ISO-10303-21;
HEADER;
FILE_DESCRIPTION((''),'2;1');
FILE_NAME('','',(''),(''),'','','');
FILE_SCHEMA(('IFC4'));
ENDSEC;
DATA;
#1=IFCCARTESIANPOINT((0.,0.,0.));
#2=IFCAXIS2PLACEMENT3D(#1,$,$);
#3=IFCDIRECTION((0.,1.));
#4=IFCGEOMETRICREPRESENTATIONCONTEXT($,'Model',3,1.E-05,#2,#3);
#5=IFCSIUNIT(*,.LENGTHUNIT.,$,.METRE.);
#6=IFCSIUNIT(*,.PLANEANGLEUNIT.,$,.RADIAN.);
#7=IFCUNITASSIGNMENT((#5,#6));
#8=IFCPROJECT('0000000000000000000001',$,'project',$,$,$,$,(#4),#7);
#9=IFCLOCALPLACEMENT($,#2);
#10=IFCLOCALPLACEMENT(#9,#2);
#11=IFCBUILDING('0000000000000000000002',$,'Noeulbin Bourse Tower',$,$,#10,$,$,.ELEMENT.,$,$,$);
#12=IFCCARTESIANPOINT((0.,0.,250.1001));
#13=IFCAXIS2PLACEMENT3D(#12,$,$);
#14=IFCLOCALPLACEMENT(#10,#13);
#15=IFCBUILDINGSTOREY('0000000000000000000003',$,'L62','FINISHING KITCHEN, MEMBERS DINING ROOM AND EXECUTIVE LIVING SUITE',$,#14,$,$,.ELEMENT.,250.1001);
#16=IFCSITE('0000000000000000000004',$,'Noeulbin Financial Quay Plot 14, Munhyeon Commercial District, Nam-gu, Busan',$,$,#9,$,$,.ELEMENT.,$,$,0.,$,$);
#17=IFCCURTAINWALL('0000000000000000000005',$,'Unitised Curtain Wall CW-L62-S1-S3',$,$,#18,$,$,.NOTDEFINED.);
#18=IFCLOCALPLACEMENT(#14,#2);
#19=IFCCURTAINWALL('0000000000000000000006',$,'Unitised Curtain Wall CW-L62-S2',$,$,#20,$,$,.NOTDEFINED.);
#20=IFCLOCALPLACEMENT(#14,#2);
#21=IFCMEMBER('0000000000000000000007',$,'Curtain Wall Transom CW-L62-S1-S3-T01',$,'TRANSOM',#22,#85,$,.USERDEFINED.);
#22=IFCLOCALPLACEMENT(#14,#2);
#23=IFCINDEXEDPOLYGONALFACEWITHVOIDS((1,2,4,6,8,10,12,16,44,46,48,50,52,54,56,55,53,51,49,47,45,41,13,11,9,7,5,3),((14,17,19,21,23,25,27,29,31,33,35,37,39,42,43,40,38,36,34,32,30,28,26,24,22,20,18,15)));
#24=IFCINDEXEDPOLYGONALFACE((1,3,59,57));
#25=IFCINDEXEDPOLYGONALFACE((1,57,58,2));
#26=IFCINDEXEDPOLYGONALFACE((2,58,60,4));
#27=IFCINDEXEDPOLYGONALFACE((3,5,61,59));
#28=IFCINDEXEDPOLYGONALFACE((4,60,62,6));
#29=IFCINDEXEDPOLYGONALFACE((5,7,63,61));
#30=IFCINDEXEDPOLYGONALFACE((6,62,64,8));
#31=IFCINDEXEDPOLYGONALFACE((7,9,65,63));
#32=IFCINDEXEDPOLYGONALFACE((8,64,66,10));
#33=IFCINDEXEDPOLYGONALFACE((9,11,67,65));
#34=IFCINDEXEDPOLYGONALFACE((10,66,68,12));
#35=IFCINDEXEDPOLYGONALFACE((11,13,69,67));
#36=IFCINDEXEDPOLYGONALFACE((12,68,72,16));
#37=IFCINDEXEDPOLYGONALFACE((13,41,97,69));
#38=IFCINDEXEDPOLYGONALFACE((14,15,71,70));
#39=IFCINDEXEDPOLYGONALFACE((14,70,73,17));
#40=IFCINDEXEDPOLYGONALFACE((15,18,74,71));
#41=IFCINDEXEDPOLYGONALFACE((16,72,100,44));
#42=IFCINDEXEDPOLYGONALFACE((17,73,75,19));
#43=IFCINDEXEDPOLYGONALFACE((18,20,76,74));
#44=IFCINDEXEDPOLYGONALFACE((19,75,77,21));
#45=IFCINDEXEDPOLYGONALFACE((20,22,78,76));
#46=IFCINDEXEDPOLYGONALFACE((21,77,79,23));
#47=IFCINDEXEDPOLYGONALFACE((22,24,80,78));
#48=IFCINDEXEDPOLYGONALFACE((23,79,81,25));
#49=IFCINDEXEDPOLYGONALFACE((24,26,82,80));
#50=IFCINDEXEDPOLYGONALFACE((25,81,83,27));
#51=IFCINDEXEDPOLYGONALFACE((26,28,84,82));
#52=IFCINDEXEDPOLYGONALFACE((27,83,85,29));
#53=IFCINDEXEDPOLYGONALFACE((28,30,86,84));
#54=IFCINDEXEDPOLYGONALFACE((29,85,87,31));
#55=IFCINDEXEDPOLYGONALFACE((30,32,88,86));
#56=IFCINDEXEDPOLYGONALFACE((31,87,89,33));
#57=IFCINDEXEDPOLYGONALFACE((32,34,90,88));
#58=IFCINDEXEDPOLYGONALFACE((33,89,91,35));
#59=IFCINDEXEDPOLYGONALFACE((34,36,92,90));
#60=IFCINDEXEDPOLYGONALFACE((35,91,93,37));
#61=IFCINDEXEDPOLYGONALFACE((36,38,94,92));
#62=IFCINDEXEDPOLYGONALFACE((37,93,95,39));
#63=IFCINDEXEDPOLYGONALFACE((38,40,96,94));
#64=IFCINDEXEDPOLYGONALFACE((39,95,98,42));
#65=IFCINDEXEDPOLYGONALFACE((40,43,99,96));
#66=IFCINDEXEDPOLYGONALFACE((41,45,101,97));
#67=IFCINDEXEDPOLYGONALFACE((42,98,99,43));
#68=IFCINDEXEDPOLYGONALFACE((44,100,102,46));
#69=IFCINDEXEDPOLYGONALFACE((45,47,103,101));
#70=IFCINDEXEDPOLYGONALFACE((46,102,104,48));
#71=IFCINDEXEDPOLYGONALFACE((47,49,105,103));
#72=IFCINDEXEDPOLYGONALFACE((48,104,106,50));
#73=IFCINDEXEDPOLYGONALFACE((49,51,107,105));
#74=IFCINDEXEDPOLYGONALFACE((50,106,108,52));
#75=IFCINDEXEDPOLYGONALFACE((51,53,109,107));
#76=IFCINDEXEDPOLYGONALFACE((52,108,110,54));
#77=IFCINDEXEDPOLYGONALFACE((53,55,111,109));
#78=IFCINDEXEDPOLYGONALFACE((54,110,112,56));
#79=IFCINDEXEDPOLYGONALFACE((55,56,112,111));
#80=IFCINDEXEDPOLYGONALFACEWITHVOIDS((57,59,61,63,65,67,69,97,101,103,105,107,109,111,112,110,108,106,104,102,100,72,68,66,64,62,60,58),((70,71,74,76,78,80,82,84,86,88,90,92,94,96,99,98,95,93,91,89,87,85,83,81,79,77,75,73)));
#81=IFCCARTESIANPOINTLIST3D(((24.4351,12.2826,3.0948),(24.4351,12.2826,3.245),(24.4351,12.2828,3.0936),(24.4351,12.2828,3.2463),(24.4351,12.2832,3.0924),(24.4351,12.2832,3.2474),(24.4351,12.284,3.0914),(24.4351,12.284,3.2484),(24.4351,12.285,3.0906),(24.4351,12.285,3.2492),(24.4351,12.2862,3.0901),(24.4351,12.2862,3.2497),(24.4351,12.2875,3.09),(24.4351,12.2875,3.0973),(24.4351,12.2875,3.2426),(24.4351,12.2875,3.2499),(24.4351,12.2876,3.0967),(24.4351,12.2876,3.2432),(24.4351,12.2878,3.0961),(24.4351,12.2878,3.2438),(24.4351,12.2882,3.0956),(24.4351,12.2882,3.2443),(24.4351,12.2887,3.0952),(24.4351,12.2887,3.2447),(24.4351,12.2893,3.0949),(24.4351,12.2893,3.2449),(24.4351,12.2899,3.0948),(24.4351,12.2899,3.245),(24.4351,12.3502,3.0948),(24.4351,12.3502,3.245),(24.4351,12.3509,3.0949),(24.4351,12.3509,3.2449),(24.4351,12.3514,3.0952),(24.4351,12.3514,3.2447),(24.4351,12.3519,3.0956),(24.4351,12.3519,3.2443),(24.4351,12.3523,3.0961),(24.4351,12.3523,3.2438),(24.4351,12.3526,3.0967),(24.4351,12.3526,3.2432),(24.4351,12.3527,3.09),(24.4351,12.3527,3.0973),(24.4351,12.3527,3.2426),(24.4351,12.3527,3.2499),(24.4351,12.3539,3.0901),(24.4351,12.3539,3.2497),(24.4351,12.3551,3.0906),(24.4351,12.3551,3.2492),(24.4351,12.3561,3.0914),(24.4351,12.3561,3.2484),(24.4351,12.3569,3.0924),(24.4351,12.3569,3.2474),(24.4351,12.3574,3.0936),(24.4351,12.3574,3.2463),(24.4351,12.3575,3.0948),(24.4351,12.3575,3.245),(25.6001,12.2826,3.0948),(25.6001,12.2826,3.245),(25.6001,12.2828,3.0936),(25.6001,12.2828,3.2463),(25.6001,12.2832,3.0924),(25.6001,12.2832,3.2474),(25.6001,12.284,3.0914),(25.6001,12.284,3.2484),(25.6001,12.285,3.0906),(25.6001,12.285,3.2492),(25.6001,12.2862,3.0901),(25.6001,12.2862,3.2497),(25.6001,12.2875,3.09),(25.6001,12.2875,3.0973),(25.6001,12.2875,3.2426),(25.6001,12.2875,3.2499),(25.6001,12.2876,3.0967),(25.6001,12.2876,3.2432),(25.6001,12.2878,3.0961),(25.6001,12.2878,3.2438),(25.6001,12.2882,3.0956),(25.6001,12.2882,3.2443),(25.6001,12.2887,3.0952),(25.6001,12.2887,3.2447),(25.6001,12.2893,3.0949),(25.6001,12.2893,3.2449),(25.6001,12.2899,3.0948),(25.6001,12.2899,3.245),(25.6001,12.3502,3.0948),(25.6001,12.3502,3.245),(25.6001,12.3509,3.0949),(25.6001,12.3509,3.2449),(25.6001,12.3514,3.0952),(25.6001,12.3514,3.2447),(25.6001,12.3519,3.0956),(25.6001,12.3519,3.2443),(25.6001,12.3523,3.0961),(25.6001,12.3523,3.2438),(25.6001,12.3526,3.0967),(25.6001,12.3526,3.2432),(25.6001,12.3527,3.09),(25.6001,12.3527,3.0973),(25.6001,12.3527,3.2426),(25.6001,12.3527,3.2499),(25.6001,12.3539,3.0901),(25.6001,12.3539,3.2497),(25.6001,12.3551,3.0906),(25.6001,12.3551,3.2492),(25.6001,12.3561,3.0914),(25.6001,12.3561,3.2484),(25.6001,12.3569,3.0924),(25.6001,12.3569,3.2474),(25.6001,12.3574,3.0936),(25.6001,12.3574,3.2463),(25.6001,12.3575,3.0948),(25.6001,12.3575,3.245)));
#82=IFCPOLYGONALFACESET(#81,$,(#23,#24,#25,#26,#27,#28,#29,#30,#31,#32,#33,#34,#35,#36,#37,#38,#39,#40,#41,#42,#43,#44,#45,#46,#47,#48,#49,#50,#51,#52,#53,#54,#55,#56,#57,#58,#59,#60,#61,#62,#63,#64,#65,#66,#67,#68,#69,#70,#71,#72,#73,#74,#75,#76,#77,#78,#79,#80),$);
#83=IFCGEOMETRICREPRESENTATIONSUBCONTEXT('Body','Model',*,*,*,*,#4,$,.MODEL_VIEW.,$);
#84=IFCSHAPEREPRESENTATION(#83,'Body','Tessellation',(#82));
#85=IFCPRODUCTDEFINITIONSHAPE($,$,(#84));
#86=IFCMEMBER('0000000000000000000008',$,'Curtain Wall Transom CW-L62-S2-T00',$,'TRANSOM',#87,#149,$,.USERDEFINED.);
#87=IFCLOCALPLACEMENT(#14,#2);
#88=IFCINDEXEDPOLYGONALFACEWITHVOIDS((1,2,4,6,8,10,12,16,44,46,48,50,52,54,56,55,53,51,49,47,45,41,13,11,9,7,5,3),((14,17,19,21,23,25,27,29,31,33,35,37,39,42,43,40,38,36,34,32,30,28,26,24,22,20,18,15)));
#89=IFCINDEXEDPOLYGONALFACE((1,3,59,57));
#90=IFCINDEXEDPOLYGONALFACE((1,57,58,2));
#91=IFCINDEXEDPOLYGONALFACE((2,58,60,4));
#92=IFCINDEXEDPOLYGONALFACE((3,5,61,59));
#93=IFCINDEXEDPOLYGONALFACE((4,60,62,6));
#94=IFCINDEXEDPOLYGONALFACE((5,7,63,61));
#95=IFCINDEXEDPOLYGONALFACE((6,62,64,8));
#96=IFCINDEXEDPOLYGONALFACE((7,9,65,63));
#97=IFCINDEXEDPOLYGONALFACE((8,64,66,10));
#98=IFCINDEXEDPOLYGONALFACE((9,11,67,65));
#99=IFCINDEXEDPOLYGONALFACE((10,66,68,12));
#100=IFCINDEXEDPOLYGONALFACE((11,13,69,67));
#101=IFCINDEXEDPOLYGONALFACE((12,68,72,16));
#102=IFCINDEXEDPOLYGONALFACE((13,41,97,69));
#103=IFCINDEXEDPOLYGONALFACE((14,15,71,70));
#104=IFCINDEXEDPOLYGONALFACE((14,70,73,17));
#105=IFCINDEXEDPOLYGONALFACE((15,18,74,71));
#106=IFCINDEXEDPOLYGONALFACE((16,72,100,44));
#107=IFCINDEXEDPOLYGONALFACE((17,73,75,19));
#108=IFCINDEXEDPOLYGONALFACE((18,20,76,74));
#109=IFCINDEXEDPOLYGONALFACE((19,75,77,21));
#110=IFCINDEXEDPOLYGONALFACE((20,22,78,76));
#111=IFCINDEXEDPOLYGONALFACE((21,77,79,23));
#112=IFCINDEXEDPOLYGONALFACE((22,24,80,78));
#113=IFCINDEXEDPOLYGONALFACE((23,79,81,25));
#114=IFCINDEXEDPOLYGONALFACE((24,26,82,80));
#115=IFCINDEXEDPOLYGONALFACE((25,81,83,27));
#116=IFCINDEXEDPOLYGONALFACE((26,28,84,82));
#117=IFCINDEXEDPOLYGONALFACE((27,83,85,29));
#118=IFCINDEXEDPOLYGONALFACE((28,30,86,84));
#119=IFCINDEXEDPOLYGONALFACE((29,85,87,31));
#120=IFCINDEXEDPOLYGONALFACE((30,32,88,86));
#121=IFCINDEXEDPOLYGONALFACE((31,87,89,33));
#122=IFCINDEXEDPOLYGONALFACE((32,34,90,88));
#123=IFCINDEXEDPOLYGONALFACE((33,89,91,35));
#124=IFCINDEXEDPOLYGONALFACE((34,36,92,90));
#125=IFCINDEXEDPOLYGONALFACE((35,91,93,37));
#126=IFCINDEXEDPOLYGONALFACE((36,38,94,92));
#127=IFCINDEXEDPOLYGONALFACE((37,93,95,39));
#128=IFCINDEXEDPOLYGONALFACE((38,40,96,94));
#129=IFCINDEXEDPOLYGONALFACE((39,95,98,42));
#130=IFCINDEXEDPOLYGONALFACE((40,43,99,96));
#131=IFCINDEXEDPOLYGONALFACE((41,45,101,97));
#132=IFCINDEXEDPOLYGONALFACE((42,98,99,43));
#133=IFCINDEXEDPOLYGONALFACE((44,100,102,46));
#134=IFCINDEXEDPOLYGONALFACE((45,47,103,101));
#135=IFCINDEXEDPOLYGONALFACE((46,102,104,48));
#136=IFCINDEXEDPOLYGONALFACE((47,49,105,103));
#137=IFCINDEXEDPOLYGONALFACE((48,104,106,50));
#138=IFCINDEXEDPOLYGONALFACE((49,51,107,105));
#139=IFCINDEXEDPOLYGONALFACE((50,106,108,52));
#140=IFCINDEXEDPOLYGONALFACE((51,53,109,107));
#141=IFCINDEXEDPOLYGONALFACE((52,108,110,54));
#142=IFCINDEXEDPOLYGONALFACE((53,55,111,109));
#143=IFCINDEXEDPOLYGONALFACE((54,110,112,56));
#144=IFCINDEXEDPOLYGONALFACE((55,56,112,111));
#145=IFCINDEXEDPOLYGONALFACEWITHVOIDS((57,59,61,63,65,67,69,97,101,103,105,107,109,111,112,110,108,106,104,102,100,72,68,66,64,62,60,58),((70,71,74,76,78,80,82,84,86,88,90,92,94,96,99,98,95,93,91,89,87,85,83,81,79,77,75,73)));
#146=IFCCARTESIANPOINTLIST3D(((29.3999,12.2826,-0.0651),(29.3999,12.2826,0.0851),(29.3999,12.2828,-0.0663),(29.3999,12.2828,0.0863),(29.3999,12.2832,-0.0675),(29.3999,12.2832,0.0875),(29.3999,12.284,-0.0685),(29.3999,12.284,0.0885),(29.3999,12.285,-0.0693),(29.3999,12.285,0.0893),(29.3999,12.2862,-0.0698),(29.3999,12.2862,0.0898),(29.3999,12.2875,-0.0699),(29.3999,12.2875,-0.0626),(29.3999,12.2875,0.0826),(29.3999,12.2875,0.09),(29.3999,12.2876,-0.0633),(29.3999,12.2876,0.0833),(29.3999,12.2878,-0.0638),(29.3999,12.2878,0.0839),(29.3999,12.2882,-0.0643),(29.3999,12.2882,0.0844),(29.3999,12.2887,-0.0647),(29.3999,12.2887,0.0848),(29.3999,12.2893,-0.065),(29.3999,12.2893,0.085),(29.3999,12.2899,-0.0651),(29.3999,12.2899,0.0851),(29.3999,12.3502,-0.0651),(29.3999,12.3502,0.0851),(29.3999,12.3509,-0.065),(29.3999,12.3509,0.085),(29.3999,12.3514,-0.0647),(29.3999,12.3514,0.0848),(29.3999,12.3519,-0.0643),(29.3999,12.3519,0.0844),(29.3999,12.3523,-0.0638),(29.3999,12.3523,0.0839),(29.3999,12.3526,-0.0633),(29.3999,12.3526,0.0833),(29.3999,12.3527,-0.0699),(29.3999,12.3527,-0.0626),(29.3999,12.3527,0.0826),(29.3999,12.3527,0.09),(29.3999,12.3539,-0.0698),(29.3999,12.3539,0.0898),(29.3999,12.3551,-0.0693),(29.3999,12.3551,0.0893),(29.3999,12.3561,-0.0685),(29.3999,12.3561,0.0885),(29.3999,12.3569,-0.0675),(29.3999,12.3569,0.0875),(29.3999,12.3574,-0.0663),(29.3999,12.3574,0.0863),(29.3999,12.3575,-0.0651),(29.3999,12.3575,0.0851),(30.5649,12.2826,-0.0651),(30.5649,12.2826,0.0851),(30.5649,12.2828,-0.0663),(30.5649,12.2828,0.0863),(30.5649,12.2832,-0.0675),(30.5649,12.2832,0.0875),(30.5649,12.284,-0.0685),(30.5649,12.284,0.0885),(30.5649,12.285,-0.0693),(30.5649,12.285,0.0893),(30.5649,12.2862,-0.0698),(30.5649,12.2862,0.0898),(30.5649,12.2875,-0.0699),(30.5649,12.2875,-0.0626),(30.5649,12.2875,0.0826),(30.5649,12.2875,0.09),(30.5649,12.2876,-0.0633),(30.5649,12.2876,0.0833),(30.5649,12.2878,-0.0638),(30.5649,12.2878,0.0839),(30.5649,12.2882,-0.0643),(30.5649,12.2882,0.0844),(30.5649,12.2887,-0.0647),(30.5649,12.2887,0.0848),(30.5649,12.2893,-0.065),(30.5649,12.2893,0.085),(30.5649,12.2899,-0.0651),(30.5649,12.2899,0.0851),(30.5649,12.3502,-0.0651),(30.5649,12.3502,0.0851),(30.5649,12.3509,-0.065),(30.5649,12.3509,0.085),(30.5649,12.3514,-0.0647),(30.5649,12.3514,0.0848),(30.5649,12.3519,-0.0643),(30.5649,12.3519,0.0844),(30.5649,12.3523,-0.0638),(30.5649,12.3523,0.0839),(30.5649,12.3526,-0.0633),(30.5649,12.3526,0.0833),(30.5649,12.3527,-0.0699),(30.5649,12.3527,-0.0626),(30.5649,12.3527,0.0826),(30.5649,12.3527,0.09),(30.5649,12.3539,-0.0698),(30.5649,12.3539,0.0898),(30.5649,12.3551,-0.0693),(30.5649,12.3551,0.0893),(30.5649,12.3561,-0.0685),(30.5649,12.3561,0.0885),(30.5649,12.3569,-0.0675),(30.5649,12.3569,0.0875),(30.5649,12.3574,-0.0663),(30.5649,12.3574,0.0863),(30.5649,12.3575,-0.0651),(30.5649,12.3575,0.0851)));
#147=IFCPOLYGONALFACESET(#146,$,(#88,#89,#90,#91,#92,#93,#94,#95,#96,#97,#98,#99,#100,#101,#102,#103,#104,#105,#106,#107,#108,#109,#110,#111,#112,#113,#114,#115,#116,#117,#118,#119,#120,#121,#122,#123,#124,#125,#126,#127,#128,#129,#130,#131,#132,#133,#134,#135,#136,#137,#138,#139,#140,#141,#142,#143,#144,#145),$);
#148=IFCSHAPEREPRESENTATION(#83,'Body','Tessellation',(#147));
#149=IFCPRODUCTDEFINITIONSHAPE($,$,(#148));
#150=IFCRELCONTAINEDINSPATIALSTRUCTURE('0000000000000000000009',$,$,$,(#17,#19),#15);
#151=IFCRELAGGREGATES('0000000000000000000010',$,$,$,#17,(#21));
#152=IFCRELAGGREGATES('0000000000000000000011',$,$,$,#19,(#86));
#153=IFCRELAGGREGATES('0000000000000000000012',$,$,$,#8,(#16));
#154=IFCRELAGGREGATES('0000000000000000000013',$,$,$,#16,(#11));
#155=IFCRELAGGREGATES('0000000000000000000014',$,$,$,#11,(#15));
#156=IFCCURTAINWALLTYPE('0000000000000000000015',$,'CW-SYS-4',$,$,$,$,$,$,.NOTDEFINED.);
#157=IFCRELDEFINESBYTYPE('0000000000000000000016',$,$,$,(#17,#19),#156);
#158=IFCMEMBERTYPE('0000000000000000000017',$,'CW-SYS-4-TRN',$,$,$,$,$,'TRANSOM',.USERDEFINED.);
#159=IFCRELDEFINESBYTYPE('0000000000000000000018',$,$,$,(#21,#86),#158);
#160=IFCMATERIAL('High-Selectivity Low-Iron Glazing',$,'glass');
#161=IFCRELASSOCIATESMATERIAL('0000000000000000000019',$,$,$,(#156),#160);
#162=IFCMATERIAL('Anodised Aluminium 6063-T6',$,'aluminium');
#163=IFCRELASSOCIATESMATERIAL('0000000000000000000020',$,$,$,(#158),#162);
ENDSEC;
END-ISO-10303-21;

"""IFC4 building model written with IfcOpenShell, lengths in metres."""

from ifc_helpers import new_model, si_unit, direction, frame, origin, origin_2d, place, context, subcontext, project, spatial, hollow_rectangle, extrude, material, material_profile, profile_set, type_object, element, aggregate, save


model = new_model("IFC4")

# Units and contexts
model_context = context("Model", 3, precision=1e-05, world=origin(), true_north=direction((0.0, 1.0)))
body_context = subcontext(model_context, "Body", "Model", "MODEL_VIEW")
ifc_project = project(units=[si_unit("LENGTHUNIT", "METRE"), si_unit("PLANEANGLEUNIT", "RADIAN")], contexts=[model_context])

# Site, building, storey
site_placement = place(None, origin())
site = spatial("IfcSite", under=ifc_project, at=site_placement, Name="Noeulbin Financial Quay Plot 14, Munhyeon Commercial District, Nam-gu, Busan", CompositionType="ELEMENT", RefElevation=0.0)
building_placement = place(site_placement, origin())
building = spatial("IfcBuilding", under=site, at=building_placement, Name="Noeulbin Bourse Tower", CompositionType="ELEMENT")
storey_placement = place(building_placement, frame((0.0, 0.0, 250.1001)))
storey = spatial("IfcBuildingStorey", under=building, at=storey_placement, Name="L62", Description="FINISHING KITCHEN, MEMBERS DINING ROOM AND EXECUTIVE LIVING SUITE", CompositionType="ELEMENT", Elevation=250.1001)

# Shared definitions
ifc_material_1 = material(Name="High-Selectivity Low-Iron Glazing", Category="glass")
curtain_wall_type = type_object("IfcCurtainWallType", Name="CW-SYS-4", PredefinedType="NOTDEFINED", material=ifc_material_1)
ifc_material_2 = material(Name="Anodised Aluminium 6063-T6", Category="aluminium")

# Curtain wall
curtain_wall_1_placement = place(storey_placement, origin())
curtain_wall_1 = element("IfcCurtainWall", 1, at=curtain_wall_1_placement, inside=storey, type_object=curtain_wall_type, Name="Unitised Curtain Wall CW-L62-S1-S3", PredefinedType="NOTDEFINED")

# Curtain wall
curtain_wall_2_placement = place(storey_placement, origin())
curtain_wall_2 = element("IfcCurtainWall", 2, at=curtain_wall_2_placement, inside=storey, type_object=curtain_wall_type, Name="Unitised Curtain Wall CW-L62-S2", PredefinedType="NOTDEFINED")

# Members
ifc_material_profile_1 = material_profile(ifc_material_2, hollow_rectangle(XDim=0.075, YDim=0.1599, WallThickness=0.0049, InnerFilletRadius=0.0024, OuterFilletRadius=0.0049, at=origin_2d()), Name="ALU-TRAN-75x160x5", Category="LoadBearing")
ifc_profile_set_1 = profile_set([ifc_material_profile_1], Name="Anodised Aluminium 6063-T6")
member_type_1 = type_object("IfcMemberType", Name="CW-SYS-4-TRN", ElementType="TRANSOM", PredefinedType="USERDEFINED", material=ifc_profile_set_1)
member_1_placement = place(storey_placement, frame((24.4351, 12.3201, 3.1699), z_axis=(1.0, 0.0, 0.0), x_axis=(0.0, 1.0, 0.0)))
member_1 = element("IfcMember", 3, at=member_1_placement, type_object=member_type_1, Name="Curtain Wall Transom CW-L62-S1-S3-T01", ObjectType="TRANSOM", PredefinedType="USERDEFINED", context=body_context, shape_type="SweptSolid", body=[
    extrude(hollow_rectangle(XDim=0.075, YDim=0.1599, WallThickness=0.0049, InnerFilletRadius=0.0024, OuterFilletRadius=0.0049, at=origin_2d()), origin(), (0.0, 0.0, 1.0), 1.165),
])
member_2_placement = place(storey_placement, frame((29.3999, 12.3201, 0.01), z_axis=(1.0, 0.0, 0.0), x_axis=(0.0, 1.0, 0.0)))
member_2 = element("IfcMember", 4, at=member_2_placement, type_object=member_type_1, Name="Curtain Wall Transom CW-L62-S2-T00", ObjectType="TRANSOM", PredefinedType="USERDEFINED", context=body_context, shape_type="SweptSolid", body=[
    extrude(hollow_rectangle(XDim=0.075, YDim=0.1599, WallThickness=0.0049, InnerFilletRadius=0.0024, OuterFilletRadius=0.0049, at=origin_2d()), origin(), (0.0, 0.0, 1.0), 1.165),
])

aggregate(curtain_wall_1, [member_1])
aggregate(curtain_wall_2, [member_2])

save(model, "model.ifc")
